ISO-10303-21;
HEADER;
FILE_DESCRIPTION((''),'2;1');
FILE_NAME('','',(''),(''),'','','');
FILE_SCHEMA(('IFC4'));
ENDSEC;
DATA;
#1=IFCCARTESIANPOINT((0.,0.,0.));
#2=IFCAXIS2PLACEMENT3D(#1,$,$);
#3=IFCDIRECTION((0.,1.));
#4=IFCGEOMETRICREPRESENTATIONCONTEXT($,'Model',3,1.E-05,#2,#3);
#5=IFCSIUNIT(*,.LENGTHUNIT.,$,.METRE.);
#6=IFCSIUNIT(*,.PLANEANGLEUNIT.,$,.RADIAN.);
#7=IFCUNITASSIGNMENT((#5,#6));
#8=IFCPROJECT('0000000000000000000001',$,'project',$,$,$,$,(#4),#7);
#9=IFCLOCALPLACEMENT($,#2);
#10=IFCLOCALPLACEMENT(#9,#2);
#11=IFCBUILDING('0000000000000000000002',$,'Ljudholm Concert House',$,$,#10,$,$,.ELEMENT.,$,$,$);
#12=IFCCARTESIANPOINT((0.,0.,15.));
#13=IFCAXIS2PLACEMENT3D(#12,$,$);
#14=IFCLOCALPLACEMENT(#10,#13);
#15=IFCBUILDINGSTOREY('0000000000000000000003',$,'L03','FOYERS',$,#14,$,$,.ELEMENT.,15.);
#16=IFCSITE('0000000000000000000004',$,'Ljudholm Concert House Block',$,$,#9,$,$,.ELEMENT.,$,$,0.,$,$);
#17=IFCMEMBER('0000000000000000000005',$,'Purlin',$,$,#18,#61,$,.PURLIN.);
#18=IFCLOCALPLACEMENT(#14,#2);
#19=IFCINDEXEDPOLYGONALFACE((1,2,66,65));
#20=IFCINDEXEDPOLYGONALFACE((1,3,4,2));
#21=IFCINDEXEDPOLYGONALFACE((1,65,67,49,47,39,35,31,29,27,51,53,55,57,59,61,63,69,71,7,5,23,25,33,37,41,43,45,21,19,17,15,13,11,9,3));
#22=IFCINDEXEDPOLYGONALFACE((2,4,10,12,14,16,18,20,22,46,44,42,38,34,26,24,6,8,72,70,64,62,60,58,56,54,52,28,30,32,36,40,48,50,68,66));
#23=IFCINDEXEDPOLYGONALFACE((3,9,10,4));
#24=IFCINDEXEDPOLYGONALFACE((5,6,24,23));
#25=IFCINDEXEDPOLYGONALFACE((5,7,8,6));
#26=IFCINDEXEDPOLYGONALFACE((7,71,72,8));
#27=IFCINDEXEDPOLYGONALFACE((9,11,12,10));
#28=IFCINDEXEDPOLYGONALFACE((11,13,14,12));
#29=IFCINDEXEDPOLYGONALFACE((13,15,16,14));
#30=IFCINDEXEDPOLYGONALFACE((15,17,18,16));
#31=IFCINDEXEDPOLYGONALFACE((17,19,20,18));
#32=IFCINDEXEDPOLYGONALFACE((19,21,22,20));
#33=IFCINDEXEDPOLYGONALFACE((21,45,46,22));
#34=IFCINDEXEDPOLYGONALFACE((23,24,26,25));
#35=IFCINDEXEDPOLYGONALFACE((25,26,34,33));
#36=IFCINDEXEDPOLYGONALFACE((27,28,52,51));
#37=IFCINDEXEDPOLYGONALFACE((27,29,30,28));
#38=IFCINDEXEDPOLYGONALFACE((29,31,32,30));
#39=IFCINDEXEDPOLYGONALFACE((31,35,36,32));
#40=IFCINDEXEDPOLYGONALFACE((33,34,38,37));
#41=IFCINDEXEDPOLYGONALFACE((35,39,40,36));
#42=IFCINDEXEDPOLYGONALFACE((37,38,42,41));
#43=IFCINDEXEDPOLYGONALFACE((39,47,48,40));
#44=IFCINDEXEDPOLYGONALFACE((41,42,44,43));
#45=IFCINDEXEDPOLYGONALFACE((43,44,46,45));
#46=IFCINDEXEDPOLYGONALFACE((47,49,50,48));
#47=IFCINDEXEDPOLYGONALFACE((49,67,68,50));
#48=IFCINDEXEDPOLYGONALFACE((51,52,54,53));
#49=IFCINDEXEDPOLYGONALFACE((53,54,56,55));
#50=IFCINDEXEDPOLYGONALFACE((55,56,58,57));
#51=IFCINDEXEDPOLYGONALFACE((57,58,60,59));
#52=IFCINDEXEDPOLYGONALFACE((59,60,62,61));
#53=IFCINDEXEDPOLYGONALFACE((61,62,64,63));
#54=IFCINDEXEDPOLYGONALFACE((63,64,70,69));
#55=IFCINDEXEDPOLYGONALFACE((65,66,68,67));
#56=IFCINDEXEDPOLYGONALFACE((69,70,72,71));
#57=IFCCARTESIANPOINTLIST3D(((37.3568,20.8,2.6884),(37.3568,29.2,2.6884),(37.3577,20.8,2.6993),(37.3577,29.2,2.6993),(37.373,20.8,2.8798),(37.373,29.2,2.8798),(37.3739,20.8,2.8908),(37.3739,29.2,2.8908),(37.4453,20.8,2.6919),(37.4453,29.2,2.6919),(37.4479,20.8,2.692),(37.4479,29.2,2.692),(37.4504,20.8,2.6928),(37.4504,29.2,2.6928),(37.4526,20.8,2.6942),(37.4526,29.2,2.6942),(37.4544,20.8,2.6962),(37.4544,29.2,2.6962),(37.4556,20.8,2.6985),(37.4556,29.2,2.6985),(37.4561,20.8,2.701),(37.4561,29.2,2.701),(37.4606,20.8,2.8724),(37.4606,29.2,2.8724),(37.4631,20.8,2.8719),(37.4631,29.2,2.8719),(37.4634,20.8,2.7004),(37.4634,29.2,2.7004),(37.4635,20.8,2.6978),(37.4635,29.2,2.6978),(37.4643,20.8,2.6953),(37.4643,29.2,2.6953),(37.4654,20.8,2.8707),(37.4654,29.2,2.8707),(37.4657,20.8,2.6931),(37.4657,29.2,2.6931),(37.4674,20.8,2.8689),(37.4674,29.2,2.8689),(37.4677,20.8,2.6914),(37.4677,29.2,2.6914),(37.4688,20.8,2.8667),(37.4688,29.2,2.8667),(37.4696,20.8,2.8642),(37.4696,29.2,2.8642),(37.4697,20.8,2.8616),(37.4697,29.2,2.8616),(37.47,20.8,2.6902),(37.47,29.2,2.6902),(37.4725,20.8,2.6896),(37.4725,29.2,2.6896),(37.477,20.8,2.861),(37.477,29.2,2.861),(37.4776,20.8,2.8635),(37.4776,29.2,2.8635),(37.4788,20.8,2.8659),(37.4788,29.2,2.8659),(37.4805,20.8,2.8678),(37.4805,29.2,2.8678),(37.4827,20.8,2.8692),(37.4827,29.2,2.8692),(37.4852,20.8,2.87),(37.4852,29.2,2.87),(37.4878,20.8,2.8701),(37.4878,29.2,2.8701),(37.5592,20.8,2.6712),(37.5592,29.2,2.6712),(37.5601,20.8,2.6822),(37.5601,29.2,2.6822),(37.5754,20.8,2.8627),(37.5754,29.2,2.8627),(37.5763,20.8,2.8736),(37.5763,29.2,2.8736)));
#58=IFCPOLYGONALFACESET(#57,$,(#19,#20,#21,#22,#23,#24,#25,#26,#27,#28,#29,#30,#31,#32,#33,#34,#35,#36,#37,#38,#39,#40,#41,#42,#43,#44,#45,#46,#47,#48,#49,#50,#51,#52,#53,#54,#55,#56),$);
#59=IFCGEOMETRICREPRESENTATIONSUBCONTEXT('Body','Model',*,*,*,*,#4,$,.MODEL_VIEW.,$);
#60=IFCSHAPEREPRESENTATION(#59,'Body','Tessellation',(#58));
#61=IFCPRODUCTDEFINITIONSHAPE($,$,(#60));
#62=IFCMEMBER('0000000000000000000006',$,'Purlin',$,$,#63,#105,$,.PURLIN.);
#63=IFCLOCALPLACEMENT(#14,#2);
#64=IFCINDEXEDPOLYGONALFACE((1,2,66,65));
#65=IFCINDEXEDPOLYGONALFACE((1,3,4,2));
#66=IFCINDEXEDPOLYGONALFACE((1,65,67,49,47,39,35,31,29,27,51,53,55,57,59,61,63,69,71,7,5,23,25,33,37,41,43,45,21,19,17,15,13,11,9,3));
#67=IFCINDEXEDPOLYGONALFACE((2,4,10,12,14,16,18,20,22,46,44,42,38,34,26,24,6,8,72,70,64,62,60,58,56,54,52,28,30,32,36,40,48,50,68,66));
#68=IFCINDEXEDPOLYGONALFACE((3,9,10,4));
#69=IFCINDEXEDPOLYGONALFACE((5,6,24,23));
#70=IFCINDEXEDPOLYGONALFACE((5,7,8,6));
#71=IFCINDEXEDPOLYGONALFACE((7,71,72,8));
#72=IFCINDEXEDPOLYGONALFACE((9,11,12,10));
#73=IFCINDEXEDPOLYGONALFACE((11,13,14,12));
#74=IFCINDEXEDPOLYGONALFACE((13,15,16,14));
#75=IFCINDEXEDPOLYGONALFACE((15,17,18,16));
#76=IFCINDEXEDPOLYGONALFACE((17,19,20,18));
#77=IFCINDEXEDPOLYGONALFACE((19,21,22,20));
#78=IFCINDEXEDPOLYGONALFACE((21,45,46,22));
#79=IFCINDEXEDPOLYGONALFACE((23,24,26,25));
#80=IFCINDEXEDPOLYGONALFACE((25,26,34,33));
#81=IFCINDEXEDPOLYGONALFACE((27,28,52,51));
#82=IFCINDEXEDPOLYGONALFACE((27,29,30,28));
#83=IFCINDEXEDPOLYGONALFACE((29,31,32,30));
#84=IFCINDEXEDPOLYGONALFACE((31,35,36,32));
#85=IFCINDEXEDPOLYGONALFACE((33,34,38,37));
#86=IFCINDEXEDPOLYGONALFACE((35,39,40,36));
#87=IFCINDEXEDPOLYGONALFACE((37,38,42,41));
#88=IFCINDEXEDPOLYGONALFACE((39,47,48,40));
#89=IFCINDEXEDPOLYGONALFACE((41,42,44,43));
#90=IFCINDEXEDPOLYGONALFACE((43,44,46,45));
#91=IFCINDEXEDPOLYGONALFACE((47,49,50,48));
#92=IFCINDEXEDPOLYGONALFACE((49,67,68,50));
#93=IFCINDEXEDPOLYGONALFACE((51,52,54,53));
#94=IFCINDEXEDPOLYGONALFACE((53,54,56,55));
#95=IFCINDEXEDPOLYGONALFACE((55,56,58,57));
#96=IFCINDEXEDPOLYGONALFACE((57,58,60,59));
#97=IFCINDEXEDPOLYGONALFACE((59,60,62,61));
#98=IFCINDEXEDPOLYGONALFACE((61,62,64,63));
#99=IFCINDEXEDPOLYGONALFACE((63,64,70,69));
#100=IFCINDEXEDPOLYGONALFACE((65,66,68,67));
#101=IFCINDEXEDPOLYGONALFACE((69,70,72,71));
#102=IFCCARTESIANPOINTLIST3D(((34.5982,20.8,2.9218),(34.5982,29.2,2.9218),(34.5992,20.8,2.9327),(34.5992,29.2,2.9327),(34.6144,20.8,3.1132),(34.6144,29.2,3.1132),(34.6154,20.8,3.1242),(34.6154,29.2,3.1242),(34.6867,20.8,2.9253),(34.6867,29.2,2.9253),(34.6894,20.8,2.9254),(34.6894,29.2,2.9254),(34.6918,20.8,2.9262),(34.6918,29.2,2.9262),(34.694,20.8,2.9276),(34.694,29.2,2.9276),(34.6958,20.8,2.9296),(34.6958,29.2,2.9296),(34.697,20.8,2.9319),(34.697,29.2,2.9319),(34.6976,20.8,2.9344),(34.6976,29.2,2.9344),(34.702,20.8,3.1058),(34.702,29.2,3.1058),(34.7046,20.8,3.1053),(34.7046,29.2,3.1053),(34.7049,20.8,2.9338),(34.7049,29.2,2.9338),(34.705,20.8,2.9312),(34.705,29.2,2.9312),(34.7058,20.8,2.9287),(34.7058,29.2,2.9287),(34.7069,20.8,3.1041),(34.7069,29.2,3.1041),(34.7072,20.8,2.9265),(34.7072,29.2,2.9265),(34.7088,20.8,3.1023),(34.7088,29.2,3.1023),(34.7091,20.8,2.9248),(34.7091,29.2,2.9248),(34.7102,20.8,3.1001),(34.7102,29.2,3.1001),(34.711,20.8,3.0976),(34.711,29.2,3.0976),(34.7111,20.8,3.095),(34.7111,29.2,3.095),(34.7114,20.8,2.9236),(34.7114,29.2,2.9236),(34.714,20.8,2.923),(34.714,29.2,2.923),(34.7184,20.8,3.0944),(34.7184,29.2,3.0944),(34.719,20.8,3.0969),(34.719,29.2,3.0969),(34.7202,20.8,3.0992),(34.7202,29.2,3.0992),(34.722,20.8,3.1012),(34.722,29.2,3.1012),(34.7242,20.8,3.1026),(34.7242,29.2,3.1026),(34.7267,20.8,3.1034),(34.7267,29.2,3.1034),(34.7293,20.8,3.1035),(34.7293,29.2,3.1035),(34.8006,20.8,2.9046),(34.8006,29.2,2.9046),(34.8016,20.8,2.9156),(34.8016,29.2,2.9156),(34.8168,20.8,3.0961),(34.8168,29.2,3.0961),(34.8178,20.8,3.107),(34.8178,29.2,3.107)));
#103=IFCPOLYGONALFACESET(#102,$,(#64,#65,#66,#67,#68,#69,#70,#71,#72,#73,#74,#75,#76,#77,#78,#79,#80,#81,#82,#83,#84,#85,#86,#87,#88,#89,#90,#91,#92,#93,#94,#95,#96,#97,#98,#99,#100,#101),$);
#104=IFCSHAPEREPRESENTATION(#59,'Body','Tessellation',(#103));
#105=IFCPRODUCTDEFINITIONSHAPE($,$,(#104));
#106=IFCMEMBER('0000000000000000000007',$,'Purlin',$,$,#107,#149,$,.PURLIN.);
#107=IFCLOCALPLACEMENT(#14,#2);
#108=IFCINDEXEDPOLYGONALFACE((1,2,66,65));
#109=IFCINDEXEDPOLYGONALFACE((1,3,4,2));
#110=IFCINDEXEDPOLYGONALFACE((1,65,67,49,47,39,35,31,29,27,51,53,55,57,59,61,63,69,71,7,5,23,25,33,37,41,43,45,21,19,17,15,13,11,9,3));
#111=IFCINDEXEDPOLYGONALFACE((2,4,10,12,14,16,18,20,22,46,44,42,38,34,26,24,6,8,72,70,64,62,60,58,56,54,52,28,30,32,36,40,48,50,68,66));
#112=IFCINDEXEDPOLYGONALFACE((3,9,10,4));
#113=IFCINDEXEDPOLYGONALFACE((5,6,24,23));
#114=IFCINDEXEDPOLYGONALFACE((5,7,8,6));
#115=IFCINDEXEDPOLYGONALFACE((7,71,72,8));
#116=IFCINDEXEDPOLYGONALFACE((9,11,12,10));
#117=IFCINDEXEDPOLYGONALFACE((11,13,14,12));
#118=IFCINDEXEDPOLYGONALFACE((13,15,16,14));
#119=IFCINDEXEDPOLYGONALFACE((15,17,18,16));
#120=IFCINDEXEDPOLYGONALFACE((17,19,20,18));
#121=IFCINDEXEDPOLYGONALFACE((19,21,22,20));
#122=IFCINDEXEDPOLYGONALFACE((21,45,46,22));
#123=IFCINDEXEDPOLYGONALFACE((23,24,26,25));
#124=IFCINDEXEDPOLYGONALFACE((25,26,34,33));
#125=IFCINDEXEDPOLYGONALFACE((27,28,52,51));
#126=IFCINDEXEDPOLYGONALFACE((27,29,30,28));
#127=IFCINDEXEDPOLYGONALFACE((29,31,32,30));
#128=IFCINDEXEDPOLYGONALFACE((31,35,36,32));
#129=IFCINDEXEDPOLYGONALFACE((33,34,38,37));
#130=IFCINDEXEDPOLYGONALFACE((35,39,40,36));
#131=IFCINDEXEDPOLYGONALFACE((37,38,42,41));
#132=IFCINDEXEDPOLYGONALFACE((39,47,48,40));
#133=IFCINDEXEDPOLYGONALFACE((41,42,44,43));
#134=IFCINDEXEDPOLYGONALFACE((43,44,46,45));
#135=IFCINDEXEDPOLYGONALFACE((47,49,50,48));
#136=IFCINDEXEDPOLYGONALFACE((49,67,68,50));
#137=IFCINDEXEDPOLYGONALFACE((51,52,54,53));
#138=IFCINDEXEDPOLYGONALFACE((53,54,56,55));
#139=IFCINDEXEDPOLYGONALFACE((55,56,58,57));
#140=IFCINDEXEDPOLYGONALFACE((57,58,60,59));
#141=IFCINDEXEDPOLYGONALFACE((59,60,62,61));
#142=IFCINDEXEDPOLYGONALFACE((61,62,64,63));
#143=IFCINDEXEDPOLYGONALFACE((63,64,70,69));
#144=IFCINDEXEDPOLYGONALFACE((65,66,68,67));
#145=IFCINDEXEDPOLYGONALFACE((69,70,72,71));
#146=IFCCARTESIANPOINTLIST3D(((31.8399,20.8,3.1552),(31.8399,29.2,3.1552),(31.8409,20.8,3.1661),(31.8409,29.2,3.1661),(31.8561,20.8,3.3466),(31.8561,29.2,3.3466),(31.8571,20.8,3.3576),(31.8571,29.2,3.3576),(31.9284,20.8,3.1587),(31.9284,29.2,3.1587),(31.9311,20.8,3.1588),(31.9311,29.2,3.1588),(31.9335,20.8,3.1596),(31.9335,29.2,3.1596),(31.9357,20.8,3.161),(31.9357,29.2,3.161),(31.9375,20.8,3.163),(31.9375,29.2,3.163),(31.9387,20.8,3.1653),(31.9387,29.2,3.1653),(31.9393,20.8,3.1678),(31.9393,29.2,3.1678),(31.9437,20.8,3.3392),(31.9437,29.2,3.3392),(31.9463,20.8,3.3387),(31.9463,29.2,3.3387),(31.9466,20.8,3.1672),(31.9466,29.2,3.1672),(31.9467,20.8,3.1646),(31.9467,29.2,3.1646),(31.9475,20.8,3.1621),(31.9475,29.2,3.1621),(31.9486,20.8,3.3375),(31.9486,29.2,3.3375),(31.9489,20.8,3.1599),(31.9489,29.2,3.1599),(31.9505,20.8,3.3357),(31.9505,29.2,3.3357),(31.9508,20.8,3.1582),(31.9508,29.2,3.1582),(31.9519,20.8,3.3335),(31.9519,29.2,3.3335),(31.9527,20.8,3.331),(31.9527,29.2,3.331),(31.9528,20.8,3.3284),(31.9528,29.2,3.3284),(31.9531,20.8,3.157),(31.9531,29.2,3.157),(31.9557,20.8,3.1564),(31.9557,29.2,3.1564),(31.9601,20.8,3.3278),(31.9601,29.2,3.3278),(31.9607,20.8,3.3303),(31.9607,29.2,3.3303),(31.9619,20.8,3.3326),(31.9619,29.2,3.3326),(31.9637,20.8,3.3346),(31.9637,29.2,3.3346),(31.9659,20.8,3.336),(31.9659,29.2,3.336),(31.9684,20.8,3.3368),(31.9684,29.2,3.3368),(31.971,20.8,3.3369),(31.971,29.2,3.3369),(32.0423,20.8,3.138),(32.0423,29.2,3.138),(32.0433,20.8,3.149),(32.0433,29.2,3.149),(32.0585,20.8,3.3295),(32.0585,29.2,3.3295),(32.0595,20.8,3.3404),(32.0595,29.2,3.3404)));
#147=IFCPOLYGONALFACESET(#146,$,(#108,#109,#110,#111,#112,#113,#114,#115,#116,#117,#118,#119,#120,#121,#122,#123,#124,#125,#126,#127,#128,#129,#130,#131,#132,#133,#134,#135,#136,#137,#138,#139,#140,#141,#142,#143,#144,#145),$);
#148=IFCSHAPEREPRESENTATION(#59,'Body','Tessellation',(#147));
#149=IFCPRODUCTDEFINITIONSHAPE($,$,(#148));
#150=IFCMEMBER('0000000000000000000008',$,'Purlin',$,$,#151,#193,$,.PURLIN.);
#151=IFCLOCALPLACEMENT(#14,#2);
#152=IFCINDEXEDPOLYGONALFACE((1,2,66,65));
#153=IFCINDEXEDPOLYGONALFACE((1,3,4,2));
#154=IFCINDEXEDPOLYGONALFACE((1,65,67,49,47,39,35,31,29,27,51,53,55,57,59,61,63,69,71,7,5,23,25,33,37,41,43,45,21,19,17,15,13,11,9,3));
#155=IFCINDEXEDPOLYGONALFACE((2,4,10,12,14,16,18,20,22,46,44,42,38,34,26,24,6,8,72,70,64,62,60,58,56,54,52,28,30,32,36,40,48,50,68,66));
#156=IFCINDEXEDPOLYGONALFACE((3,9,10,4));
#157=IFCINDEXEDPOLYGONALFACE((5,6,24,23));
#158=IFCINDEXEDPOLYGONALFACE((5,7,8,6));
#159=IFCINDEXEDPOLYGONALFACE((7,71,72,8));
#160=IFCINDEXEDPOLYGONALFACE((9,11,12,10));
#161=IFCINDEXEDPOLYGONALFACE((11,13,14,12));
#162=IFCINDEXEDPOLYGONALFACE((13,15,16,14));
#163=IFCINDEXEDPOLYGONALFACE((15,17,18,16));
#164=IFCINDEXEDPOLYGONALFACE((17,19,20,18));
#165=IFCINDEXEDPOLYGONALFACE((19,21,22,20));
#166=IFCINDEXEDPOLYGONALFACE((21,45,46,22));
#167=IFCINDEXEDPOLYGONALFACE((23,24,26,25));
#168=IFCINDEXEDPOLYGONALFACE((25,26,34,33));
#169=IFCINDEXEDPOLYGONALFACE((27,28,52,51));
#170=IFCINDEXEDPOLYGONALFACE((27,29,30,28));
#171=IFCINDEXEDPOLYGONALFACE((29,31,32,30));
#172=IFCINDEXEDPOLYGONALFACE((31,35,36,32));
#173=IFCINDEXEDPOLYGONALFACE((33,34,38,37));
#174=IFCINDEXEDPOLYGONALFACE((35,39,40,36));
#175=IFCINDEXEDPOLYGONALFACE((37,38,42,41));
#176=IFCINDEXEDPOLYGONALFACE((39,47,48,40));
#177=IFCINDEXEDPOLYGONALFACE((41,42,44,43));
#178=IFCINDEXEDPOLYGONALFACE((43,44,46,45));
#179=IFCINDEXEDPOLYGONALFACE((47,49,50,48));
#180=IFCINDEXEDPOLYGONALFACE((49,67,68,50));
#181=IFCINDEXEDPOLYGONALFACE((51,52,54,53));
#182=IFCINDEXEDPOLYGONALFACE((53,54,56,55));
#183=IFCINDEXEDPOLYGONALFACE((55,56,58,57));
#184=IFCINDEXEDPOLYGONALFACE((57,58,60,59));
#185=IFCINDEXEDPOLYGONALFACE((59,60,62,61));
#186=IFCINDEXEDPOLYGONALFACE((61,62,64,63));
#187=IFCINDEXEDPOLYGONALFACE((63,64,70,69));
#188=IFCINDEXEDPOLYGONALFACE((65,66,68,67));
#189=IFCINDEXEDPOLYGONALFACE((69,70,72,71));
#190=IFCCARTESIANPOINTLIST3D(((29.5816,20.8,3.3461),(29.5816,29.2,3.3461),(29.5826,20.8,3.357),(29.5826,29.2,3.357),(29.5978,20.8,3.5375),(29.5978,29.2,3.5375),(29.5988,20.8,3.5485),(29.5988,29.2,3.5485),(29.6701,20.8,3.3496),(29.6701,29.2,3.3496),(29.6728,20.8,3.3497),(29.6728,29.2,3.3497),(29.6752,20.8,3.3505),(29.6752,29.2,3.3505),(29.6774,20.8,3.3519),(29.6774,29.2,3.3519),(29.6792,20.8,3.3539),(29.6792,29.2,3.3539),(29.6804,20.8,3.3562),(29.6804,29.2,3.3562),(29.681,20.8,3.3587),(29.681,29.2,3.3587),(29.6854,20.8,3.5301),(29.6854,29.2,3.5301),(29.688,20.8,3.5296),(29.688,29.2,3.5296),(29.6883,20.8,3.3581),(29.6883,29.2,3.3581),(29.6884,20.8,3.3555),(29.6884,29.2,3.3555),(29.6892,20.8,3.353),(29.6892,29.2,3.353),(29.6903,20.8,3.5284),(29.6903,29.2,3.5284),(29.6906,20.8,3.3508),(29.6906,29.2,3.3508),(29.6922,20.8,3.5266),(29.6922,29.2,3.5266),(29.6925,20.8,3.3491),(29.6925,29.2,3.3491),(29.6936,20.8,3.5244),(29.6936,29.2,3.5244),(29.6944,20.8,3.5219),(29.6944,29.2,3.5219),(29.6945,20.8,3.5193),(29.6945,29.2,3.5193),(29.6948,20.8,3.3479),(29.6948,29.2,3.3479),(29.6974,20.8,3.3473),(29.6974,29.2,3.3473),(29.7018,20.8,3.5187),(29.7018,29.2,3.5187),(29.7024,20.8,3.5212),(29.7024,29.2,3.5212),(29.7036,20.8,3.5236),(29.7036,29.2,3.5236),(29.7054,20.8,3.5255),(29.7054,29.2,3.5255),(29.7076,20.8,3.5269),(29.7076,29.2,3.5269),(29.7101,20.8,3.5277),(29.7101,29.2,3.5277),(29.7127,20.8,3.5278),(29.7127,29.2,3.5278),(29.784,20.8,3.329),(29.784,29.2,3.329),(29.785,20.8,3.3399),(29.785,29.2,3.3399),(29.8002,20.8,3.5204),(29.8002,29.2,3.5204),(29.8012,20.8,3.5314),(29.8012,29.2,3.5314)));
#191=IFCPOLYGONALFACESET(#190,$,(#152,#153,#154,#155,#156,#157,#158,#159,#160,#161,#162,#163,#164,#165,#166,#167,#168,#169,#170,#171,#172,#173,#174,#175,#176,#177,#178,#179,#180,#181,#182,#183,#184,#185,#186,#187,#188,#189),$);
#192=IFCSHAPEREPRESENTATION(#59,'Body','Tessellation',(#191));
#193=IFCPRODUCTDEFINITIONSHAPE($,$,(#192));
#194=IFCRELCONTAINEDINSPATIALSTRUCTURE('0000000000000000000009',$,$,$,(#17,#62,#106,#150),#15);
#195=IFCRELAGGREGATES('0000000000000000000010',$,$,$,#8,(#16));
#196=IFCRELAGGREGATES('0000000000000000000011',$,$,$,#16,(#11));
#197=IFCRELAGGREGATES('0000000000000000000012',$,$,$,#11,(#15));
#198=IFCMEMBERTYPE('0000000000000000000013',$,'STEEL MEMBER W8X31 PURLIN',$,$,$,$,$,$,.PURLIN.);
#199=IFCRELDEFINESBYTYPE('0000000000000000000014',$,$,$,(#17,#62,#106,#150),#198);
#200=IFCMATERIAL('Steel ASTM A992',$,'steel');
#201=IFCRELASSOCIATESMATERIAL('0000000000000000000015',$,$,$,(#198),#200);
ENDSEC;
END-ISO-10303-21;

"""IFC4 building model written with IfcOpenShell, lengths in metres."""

from ifc_helpers import new_model, si_unit, direction, frame, origin, origin_2d, place, context, subcontext, project, spatial, i_section, extrude, material, material_profile, profile_set, type_object, element, save


model = new_model("IFC4")

# Units and contexts
model_context = context("Model", 3, precision=1e-05, world=origin(), true_north=direction((0.0, 1.0)))
body_context = subcontext(model_context, "Body", "Model", "MODEL_VIEW")
ifc_project = project(units=[si_unit("LENGTHUNIT", "METRE"), si_unit("PLANEANGLEUNIT", "RADIAN")], contexts=[model_context])

# Site, building, storey
site_placement = place(None, origin())
site = spatial("IfcSite", under=ifc_project, at=site_placement, Name="Ljudholm Concert House Block", CompositionType="ELEMENT", RefElevation=0.0)
building_placement = place(site_placement, origin())
building = spatial("IfcBuilding", under=site, at=building_placement, Name="Ljudholm Concert House", CompositionType="ELEMENT")
storey_placement = place(building_placement, frame((0.0, 0.0, 15.0)))
storey = spatial("IfcBuildingStorey", under=building, at=storey_placement, Name="L03", Description="FOYERS", CompositionType="ELEMENT", Elevation=15.0)

# Members
ifc_material_1 = material(Name="Steel ASTM A992", Category="steel")
ifc_material_profile_1 = material_profile(ifc_material_1, i_section(OverallWidth=0.2031, OverallDepth=0.2031, WebThickness=0.0073, FlangeThickness=0.011, FilletRadius=0.01, at=origin_2d()), Name="W8X31")
ifc_profile_set_1 = profile_set([ifc_material_profile_1], Name="Steel ASTM A992")
member_type_1 = type_object("IfcMemberType", Name="STEEL MEMBER W8X31 PURLIN", PredefinedType="PURLIN", material=ifc_profile_set_1)
for number, where, z_axis, x_axis, name in (
    (1, (37.4666, 20.8, 2.781), (0.0, 1.0, 0.0), (-0.996441, 0.0, 0.084291), "Purlin"),
    (2, (34.708, 20.8, 3.0144), (0.0, 1.0, 0.0), (-0.996441, 0.0, 0.084291), "Purlin"),
    (3, (31.9497, 20.8, 3.2478), (0.0, 1.0, 0.0), (-0.996441, 0.0, 0.084291), "Purlin"),
    (4, (29.6914, 20.8, 3.4387), (0.0, 1.0, 0.0), (-0.996441, 0.0, 0.084291), "Purlin"),
):
    element("IfcMember", number, at=place(storey_placement, frame(where, z_axis=z_axis, x_axis=x_axis)), inside=storey, type_object=member_type_1, Name=name, PredefinedType="PURLIN", context=body_context, shape_type="SweptSolid", body=[
        extrude(i_section(OverallWidth=0.2031, OverallDepth=0.2031, WebThickness=0.0073, FlangeThickness=0.011, FilletRadius=0.01, at=origin_2d()), origin(), (0.0, 0.0, 1.0), 8.3999),
    ])

save(model, "model.ifc")
